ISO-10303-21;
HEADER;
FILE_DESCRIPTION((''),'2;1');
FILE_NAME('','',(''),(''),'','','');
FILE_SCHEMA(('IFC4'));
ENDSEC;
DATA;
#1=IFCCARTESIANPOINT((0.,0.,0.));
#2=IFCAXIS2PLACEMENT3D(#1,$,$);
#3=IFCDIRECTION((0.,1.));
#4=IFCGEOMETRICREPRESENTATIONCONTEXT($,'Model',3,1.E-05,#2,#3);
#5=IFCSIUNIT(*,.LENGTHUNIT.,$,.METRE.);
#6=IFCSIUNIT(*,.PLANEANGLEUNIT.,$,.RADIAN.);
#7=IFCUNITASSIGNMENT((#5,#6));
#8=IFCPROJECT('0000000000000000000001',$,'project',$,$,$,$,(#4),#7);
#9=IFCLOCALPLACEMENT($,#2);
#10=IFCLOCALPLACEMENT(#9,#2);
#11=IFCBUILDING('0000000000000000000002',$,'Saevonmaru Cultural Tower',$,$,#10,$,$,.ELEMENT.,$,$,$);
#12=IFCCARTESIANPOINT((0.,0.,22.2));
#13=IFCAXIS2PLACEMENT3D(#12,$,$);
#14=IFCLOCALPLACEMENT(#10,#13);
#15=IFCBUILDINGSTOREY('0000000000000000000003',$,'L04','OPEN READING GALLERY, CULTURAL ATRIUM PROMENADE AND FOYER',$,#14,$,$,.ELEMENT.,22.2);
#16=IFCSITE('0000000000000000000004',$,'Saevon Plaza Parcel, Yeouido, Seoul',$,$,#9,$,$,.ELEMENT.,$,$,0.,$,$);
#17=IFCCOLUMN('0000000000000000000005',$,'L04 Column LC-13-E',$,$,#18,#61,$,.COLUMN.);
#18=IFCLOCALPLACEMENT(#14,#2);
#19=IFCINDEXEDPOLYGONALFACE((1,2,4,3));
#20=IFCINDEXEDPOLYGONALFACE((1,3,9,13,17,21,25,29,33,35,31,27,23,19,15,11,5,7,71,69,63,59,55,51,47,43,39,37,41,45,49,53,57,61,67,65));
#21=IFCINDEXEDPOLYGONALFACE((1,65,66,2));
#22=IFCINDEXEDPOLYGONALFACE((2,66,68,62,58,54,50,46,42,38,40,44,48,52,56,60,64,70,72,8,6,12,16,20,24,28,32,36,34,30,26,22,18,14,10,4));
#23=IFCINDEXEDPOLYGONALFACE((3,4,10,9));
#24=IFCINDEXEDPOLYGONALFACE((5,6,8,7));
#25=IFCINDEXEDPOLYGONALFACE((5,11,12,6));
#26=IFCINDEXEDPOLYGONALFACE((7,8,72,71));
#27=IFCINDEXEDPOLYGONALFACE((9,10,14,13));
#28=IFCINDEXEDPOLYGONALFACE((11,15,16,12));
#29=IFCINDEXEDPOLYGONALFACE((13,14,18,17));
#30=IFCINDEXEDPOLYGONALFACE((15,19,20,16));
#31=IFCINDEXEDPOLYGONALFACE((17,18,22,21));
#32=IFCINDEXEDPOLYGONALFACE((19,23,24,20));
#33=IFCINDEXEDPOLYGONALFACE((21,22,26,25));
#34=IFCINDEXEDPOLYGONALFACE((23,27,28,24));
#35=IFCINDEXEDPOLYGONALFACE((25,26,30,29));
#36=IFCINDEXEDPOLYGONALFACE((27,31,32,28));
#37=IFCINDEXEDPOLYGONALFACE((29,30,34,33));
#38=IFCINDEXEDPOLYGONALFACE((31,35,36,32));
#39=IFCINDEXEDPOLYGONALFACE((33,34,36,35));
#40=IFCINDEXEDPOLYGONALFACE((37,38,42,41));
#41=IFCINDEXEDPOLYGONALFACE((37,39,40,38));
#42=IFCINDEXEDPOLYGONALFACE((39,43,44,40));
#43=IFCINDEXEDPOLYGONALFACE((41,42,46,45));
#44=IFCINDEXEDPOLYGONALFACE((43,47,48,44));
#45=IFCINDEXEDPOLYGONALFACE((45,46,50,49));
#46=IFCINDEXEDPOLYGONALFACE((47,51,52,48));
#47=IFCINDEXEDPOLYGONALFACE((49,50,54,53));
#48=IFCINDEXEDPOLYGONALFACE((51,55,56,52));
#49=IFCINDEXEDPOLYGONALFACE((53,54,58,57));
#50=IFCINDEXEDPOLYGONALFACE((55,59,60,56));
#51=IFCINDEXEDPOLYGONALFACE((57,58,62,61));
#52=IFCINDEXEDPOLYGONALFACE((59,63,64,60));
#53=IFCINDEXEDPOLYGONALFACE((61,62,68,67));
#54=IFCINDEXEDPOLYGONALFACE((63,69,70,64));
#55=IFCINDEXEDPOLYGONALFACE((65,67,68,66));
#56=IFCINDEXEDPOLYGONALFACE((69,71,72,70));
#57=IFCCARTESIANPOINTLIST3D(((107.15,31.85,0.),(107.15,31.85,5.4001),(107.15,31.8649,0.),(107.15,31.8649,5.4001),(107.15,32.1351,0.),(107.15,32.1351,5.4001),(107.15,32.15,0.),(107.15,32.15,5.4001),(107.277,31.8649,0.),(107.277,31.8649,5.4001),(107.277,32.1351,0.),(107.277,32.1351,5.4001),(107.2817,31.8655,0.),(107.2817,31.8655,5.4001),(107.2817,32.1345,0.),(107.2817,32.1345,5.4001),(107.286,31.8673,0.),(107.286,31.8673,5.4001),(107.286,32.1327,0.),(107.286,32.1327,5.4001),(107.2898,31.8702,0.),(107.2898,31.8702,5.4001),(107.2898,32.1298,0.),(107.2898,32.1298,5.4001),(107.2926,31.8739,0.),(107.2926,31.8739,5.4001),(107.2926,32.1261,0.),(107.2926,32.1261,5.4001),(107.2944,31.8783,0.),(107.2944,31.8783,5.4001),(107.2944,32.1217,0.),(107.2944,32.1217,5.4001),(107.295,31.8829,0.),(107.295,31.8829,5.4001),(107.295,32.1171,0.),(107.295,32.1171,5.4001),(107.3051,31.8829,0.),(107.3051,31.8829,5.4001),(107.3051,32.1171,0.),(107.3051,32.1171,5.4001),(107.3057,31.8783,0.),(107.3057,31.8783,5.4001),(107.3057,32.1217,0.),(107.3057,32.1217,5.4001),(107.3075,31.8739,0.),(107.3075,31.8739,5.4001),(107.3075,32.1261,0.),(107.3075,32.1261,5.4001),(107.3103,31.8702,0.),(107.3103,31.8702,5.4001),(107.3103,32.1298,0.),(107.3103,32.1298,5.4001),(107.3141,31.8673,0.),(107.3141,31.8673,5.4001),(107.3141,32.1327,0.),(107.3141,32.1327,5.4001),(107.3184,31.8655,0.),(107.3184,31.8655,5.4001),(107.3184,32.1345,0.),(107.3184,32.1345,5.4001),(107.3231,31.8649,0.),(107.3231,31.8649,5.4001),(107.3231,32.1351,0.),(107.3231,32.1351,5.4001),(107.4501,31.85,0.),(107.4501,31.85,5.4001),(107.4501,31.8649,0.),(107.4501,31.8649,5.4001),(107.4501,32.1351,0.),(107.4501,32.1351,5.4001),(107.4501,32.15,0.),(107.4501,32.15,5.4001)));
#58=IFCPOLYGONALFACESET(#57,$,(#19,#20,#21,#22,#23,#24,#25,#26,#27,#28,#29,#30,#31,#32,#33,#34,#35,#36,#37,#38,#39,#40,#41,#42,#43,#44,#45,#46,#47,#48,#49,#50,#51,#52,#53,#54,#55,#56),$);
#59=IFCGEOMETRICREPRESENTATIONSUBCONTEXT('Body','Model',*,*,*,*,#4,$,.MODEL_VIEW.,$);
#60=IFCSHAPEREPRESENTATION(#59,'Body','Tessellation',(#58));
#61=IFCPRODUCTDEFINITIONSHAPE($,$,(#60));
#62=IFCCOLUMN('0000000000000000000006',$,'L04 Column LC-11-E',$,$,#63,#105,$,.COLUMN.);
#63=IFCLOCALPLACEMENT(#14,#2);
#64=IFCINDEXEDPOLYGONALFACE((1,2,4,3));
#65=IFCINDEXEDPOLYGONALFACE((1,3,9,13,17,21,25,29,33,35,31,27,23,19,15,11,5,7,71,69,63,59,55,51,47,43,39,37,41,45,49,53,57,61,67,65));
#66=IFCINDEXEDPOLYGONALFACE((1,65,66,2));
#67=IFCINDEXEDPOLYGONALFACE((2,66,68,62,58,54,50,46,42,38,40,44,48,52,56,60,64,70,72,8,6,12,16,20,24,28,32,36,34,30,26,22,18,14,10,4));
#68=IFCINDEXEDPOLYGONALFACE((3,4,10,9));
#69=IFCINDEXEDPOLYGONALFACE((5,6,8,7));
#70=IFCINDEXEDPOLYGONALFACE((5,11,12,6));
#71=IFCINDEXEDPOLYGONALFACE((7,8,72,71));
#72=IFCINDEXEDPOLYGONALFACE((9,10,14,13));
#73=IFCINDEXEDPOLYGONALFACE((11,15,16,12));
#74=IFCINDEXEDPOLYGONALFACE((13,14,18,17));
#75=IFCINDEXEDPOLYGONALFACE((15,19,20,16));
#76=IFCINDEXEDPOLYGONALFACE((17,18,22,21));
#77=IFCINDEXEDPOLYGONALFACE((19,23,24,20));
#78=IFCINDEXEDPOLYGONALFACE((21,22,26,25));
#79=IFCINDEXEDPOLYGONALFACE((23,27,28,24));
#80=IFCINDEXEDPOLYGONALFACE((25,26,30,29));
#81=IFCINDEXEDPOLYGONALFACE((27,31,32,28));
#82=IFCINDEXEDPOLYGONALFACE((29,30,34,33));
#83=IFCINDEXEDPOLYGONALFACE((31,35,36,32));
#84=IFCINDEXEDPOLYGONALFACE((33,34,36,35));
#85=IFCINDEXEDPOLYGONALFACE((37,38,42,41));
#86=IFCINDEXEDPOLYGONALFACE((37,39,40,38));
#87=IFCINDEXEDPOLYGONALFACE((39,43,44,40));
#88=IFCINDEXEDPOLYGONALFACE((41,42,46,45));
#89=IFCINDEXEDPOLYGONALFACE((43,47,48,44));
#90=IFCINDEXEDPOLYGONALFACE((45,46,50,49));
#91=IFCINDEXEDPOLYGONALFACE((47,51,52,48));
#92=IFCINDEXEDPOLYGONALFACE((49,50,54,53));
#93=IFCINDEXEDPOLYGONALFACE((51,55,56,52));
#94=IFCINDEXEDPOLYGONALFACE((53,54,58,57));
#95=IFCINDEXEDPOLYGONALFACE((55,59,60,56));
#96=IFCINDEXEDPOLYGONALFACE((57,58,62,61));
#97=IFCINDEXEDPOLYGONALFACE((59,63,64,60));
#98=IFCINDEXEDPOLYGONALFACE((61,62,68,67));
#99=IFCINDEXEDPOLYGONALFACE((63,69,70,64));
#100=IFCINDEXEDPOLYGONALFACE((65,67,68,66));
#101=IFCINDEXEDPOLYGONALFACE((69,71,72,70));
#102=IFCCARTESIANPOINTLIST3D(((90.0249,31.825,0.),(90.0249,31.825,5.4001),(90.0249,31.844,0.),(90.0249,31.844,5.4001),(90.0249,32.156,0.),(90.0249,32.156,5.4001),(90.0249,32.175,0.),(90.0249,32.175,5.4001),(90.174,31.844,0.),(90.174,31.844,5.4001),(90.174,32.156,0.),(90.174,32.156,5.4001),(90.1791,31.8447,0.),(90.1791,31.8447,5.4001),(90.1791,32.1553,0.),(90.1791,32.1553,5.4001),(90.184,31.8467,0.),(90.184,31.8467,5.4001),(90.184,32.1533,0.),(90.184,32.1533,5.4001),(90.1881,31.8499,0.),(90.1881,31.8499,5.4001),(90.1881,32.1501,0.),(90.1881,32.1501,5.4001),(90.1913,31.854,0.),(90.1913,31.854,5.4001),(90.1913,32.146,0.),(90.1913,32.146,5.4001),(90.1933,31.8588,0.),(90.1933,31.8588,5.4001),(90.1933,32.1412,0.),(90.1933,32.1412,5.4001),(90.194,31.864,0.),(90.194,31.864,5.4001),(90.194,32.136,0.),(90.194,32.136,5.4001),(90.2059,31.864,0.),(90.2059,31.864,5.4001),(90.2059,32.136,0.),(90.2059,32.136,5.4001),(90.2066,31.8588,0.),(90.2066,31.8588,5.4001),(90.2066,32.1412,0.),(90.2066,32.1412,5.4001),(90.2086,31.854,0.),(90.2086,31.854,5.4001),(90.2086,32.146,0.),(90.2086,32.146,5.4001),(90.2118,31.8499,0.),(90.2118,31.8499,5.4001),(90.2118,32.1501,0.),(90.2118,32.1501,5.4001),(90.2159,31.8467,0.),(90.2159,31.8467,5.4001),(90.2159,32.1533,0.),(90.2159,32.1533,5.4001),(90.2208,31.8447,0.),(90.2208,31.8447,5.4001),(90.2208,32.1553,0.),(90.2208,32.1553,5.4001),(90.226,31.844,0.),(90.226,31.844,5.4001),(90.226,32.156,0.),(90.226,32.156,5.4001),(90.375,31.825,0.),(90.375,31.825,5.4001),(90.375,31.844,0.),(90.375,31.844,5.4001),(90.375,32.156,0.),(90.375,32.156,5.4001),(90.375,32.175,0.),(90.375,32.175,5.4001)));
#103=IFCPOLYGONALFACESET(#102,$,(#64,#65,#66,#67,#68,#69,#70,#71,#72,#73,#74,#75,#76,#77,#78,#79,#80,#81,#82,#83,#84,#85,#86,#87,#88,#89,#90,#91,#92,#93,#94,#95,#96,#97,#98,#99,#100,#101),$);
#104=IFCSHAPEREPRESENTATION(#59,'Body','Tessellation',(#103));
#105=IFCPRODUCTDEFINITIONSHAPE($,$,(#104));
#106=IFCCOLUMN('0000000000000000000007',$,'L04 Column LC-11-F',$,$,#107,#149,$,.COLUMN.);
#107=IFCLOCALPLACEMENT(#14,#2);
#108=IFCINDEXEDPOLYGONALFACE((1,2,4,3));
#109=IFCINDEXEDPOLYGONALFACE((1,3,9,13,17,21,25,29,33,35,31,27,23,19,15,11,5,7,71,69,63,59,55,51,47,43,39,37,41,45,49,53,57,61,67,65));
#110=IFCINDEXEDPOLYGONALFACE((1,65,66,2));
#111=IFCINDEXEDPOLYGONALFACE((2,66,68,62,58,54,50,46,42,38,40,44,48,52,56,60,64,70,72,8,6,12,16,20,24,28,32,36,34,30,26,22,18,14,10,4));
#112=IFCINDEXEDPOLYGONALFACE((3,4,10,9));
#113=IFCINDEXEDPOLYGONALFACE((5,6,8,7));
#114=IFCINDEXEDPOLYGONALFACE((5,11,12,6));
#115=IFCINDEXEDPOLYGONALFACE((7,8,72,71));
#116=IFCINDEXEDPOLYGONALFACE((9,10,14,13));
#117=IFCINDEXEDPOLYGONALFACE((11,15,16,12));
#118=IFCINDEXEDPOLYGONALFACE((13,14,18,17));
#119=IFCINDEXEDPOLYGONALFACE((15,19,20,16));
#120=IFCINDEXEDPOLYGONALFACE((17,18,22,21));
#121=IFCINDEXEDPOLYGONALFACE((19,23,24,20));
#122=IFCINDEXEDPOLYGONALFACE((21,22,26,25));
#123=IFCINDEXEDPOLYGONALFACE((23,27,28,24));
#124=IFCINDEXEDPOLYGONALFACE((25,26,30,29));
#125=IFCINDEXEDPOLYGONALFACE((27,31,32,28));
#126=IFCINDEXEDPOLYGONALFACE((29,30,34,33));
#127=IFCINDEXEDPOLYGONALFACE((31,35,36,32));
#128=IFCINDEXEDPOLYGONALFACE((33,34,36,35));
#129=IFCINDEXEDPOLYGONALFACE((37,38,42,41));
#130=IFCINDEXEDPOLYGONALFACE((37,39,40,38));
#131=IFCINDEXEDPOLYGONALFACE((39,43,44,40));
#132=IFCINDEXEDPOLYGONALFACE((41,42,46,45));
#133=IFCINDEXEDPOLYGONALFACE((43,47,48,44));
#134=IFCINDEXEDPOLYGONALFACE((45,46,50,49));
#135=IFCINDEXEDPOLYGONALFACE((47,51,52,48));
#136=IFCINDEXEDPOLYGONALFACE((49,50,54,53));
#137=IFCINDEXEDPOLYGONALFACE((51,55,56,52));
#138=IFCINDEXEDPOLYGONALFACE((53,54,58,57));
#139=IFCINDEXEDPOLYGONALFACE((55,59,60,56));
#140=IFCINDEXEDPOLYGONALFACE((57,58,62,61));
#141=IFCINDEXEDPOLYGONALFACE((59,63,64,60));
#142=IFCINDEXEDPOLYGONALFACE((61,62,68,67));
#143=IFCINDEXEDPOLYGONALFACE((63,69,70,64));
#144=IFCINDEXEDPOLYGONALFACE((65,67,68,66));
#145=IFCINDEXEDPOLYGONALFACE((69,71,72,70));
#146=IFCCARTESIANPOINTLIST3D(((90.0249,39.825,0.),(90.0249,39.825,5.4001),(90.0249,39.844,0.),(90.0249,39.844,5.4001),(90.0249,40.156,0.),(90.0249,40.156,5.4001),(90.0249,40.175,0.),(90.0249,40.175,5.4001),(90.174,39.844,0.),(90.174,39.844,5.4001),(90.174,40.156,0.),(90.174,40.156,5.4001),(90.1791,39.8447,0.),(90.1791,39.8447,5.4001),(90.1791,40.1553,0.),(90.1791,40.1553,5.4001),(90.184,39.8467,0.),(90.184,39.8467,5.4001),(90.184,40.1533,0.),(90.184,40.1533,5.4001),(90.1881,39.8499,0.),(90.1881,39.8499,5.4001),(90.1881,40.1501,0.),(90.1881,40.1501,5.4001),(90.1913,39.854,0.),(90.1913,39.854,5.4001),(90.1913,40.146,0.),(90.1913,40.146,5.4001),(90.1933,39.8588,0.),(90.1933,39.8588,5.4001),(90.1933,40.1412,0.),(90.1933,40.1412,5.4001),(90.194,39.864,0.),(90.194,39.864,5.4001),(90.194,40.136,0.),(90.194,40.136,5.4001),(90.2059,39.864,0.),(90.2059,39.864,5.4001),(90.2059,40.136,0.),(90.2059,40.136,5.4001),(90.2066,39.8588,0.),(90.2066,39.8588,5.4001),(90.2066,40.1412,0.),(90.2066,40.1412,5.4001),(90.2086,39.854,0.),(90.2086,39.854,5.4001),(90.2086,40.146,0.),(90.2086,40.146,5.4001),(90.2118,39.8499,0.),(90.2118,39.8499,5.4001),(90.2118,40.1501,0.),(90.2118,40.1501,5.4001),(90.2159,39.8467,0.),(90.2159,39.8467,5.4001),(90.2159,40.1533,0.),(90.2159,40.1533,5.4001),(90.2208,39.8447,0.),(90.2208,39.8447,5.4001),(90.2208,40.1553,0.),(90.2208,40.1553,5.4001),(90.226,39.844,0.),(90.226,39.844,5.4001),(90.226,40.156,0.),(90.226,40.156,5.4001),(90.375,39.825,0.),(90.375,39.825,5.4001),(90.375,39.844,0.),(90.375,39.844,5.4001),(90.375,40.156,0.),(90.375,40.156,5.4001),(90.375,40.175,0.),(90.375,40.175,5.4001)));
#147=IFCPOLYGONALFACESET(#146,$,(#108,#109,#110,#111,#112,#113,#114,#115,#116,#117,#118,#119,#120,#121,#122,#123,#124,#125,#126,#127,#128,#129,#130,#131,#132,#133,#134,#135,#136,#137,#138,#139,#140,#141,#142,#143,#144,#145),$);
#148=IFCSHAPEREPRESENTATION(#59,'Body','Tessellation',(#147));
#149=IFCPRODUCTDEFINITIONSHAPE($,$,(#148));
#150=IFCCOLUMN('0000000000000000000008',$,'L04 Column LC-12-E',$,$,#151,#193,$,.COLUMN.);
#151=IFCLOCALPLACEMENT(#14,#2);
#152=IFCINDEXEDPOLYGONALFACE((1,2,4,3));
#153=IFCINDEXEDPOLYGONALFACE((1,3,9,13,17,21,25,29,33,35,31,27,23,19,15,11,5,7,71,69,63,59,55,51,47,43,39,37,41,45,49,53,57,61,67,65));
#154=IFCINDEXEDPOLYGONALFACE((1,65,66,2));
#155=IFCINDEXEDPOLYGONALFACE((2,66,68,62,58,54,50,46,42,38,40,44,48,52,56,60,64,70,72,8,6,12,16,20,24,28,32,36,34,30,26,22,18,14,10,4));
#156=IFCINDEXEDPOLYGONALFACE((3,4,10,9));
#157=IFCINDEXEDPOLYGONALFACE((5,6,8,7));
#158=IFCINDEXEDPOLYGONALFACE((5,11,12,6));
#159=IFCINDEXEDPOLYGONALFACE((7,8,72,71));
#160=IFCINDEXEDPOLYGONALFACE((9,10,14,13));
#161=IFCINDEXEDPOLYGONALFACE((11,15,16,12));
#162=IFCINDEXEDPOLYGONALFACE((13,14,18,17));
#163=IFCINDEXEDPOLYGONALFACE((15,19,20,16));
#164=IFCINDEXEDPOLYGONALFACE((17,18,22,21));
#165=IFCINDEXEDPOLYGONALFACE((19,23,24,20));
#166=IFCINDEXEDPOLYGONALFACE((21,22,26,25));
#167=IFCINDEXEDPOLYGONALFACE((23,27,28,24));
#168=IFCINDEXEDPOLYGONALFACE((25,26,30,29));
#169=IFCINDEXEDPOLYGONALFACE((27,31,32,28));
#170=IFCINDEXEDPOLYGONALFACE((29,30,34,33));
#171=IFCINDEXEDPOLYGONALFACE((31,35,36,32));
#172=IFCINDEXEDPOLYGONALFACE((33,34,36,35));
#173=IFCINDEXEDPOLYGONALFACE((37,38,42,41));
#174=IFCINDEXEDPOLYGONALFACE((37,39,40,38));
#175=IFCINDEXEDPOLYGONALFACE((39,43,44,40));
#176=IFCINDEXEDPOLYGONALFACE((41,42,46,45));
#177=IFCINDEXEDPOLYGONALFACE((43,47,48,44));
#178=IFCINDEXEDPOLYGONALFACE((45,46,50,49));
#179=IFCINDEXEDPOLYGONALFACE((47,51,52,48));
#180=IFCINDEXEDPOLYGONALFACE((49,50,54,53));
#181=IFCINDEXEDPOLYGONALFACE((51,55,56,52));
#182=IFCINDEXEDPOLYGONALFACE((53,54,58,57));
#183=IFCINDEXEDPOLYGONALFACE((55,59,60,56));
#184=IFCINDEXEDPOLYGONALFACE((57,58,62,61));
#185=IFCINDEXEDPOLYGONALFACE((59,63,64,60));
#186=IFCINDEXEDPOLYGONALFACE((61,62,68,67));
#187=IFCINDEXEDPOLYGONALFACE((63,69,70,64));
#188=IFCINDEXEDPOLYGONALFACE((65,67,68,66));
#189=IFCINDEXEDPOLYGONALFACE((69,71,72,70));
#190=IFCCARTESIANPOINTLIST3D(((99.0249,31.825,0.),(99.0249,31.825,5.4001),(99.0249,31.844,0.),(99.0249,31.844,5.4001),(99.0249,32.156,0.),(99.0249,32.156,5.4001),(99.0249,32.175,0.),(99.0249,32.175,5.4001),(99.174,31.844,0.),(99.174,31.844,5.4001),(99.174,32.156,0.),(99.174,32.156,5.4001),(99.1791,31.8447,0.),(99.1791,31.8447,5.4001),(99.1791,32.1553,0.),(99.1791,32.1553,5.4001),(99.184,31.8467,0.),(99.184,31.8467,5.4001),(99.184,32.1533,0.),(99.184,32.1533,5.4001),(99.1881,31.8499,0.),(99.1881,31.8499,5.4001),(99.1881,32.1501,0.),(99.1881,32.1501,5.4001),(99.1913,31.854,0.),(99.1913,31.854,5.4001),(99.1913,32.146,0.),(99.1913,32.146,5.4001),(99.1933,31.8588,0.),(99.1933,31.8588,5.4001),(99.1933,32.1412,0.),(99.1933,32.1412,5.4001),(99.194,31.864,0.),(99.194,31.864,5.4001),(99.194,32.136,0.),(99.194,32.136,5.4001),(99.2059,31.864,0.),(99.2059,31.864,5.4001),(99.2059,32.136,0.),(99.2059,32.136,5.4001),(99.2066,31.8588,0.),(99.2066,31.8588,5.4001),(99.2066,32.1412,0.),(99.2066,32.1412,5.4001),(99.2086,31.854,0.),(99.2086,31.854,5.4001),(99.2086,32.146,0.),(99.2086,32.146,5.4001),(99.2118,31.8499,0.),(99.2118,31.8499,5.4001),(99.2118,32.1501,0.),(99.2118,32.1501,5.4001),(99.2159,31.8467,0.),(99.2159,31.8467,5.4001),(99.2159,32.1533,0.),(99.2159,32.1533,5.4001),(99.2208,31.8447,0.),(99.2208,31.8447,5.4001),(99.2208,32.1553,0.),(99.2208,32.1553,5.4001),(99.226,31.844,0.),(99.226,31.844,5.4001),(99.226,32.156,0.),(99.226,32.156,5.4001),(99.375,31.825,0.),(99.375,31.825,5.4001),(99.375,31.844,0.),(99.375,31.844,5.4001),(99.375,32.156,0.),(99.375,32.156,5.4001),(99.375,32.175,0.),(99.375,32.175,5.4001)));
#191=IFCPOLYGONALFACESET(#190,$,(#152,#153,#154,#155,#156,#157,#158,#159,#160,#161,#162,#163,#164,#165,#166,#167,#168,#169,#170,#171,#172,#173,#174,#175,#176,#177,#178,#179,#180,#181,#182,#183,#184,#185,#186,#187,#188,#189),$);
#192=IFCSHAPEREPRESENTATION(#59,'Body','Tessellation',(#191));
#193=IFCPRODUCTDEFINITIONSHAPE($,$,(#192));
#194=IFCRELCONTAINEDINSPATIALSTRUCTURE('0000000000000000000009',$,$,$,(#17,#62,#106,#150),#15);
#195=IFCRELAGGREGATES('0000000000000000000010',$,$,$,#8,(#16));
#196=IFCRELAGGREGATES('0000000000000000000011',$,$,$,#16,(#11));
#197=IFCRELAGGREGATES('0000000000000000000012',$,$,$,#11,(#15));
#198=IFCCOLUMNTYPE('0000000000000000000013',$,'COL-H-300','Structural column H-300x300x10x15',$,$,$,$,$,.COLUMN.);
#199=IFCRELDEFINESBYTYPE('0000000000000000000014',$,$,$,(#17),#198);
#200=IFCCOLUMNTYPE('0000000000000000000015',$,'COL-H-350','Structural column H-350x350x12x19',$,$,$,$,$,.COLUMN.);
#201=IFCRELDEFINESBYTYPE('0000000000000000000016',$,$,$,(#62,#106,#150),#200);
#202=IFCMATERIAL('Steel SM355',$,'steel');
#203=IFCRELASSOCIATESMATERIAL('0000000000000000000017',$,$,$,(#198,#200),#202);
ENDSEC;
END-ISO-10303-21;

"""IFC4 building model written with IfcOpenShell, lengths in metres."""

from ifc_helpers import new_model, si_unit, direction, frame, origin, origin_2d, place, context, subcontext, project, spatial, i_section, extrude, material, material_profile, profile_set, type_object, element, save


model = new_model("IFC4")

# Units and contexts
model_context = context("Model", 3, precision=1e-05, world=origin(), true_north=direction((0.0, 1.0)))
body_context = subcontext(model_context, "Body", "Model", "MODEL_VIEW")
ifc_project = project(units=[si_unit("LENGTHUNIT", "METRE"), si_unit("PLANEANGLEUNIT", "RADIAN")], contexts=[model_context])

# Site, building, storey
site_placement = place(None, origin())
site = spatial("IfcSite", under=ifc_project, at=site_placement, Name="Saevon Plaza Parcel, Yeouido, Seoul", CompositionType="ELEMENT", RefElevation=0.0)
building_placement = place(site_placement, origin())
building = spatial("IfcBuilding", under=site, at=building_placement, Name="Saevonmaru Cultural Tower", CompositionType="ELEMENT")
storey_placement = place(building_placement, frame((0.0, 0.0, 22.2)))
storey = spatial("IfcBuildingStorey", under=building, at=storey_placement, Name="L04", Description="OPEN READING GALLERY, CULTURAL ATRIUM PROMENADE AND FOYER", CompositionType="ELEMENT", Elevation=22.2)

# Columns
ifc_material_1 = material(Name="Steel SM355", Category="steel")
ifc_material_profile_1 = material_profile(ifc_material_1, i_section(OverallWidth=0.3, OverallDepth=0.3, WebThickness=0.01, FlangeThickness=0.0149, FilletRadius=0.0181, at=origin_2d()), Name="H-300x300x10x15")
ifc_profile_set_1 = profile_set([ifc_material_profile_1], Name="Steel SM355")
column_type_1 = type_object("IfcColumnType", Name="COL-H-300", Description="Structural column H-300x300x10x15", PredefinedType="COLUMN", material=ifc_profile_set_1)
column_placement = place(storey_placement, frame((107.3, 32.0, 0.0), z_axis=(0.0, 0.0, 1.0), x_axis=(1.0, 0.0, 0.0)))
element("IfcColumn", 1, at=column_placement, inside=storey, type_object=column_type_1, Name="L04 Column LC-13-E", PredefinedType="COLUMN", context=body_context, shape_type="SweptSolid", body=[
    extrude(i_section(OverallWidth=0.3, OverallDepth=0.3, WebThickness=0.01, FlangeThickness=0.0149, FilletRadius=0.0181, at=origin_2d()), origin(), (0.0, 0.0, 1.0), 5.4001),
])
ifc_material_profile_2 = material_profile(ifc_material_1, i_section(OverallWidth=0.3501, OverallDepth=0.3501, WebThickness=0.012, FlangeThickness=0.019, FilletRadius=0.02, at=origin_2d()), Name="H-350x350x12x19")
ifc_profile_set_2 = profile_set([ifc_material_profile_2], Name="Steel SM355")
column_type_2 = type_object("IfcColumnType", Name="COL-H-350", Description="Structural column H-350x350x12x19", PredefinedType="COLUMN", material=ifc_profile_set_2)
for number, where, z_axis, x_axis, name in (
    (2, (90.2, 32.0, 0.0), (0.0, 0.0, 1.0), (1.0, 0.0, 0.0), "L04 Column LC-11-E"),
    (3, (90.2, 40.0, 0.0), (0.0, 0.0, 1.0), (1.0, 0.0, 0.0), "L04 Column LC-11-F"),
    (4, (99.2, 32.0, 0.0), (0.0, 0.0, 1.0), (1.0, 0.0, 0.0), "L04 Column LC-12-E"),
):
    element("IfcColumn", number, at=place(storey_placement, frame(where, z_axis=z_axis, x_axis=x_axis)), inside=storey, type_object=column_type_2, Name=name, PredefinedType="COLUMN", context=body_context, shape_type="SweptSolid", body=[
        extrude(i_section(OverallWidth=0.3501, OverallDepth=0.3501, WebThickness=0.012, FlangeThickness=0.019, FilletRadius=0.02, at=origin_2d()), origin(), (0.0, 0.0, 1.0), 5.4001),
    ])

save(model, "model.ifc")
